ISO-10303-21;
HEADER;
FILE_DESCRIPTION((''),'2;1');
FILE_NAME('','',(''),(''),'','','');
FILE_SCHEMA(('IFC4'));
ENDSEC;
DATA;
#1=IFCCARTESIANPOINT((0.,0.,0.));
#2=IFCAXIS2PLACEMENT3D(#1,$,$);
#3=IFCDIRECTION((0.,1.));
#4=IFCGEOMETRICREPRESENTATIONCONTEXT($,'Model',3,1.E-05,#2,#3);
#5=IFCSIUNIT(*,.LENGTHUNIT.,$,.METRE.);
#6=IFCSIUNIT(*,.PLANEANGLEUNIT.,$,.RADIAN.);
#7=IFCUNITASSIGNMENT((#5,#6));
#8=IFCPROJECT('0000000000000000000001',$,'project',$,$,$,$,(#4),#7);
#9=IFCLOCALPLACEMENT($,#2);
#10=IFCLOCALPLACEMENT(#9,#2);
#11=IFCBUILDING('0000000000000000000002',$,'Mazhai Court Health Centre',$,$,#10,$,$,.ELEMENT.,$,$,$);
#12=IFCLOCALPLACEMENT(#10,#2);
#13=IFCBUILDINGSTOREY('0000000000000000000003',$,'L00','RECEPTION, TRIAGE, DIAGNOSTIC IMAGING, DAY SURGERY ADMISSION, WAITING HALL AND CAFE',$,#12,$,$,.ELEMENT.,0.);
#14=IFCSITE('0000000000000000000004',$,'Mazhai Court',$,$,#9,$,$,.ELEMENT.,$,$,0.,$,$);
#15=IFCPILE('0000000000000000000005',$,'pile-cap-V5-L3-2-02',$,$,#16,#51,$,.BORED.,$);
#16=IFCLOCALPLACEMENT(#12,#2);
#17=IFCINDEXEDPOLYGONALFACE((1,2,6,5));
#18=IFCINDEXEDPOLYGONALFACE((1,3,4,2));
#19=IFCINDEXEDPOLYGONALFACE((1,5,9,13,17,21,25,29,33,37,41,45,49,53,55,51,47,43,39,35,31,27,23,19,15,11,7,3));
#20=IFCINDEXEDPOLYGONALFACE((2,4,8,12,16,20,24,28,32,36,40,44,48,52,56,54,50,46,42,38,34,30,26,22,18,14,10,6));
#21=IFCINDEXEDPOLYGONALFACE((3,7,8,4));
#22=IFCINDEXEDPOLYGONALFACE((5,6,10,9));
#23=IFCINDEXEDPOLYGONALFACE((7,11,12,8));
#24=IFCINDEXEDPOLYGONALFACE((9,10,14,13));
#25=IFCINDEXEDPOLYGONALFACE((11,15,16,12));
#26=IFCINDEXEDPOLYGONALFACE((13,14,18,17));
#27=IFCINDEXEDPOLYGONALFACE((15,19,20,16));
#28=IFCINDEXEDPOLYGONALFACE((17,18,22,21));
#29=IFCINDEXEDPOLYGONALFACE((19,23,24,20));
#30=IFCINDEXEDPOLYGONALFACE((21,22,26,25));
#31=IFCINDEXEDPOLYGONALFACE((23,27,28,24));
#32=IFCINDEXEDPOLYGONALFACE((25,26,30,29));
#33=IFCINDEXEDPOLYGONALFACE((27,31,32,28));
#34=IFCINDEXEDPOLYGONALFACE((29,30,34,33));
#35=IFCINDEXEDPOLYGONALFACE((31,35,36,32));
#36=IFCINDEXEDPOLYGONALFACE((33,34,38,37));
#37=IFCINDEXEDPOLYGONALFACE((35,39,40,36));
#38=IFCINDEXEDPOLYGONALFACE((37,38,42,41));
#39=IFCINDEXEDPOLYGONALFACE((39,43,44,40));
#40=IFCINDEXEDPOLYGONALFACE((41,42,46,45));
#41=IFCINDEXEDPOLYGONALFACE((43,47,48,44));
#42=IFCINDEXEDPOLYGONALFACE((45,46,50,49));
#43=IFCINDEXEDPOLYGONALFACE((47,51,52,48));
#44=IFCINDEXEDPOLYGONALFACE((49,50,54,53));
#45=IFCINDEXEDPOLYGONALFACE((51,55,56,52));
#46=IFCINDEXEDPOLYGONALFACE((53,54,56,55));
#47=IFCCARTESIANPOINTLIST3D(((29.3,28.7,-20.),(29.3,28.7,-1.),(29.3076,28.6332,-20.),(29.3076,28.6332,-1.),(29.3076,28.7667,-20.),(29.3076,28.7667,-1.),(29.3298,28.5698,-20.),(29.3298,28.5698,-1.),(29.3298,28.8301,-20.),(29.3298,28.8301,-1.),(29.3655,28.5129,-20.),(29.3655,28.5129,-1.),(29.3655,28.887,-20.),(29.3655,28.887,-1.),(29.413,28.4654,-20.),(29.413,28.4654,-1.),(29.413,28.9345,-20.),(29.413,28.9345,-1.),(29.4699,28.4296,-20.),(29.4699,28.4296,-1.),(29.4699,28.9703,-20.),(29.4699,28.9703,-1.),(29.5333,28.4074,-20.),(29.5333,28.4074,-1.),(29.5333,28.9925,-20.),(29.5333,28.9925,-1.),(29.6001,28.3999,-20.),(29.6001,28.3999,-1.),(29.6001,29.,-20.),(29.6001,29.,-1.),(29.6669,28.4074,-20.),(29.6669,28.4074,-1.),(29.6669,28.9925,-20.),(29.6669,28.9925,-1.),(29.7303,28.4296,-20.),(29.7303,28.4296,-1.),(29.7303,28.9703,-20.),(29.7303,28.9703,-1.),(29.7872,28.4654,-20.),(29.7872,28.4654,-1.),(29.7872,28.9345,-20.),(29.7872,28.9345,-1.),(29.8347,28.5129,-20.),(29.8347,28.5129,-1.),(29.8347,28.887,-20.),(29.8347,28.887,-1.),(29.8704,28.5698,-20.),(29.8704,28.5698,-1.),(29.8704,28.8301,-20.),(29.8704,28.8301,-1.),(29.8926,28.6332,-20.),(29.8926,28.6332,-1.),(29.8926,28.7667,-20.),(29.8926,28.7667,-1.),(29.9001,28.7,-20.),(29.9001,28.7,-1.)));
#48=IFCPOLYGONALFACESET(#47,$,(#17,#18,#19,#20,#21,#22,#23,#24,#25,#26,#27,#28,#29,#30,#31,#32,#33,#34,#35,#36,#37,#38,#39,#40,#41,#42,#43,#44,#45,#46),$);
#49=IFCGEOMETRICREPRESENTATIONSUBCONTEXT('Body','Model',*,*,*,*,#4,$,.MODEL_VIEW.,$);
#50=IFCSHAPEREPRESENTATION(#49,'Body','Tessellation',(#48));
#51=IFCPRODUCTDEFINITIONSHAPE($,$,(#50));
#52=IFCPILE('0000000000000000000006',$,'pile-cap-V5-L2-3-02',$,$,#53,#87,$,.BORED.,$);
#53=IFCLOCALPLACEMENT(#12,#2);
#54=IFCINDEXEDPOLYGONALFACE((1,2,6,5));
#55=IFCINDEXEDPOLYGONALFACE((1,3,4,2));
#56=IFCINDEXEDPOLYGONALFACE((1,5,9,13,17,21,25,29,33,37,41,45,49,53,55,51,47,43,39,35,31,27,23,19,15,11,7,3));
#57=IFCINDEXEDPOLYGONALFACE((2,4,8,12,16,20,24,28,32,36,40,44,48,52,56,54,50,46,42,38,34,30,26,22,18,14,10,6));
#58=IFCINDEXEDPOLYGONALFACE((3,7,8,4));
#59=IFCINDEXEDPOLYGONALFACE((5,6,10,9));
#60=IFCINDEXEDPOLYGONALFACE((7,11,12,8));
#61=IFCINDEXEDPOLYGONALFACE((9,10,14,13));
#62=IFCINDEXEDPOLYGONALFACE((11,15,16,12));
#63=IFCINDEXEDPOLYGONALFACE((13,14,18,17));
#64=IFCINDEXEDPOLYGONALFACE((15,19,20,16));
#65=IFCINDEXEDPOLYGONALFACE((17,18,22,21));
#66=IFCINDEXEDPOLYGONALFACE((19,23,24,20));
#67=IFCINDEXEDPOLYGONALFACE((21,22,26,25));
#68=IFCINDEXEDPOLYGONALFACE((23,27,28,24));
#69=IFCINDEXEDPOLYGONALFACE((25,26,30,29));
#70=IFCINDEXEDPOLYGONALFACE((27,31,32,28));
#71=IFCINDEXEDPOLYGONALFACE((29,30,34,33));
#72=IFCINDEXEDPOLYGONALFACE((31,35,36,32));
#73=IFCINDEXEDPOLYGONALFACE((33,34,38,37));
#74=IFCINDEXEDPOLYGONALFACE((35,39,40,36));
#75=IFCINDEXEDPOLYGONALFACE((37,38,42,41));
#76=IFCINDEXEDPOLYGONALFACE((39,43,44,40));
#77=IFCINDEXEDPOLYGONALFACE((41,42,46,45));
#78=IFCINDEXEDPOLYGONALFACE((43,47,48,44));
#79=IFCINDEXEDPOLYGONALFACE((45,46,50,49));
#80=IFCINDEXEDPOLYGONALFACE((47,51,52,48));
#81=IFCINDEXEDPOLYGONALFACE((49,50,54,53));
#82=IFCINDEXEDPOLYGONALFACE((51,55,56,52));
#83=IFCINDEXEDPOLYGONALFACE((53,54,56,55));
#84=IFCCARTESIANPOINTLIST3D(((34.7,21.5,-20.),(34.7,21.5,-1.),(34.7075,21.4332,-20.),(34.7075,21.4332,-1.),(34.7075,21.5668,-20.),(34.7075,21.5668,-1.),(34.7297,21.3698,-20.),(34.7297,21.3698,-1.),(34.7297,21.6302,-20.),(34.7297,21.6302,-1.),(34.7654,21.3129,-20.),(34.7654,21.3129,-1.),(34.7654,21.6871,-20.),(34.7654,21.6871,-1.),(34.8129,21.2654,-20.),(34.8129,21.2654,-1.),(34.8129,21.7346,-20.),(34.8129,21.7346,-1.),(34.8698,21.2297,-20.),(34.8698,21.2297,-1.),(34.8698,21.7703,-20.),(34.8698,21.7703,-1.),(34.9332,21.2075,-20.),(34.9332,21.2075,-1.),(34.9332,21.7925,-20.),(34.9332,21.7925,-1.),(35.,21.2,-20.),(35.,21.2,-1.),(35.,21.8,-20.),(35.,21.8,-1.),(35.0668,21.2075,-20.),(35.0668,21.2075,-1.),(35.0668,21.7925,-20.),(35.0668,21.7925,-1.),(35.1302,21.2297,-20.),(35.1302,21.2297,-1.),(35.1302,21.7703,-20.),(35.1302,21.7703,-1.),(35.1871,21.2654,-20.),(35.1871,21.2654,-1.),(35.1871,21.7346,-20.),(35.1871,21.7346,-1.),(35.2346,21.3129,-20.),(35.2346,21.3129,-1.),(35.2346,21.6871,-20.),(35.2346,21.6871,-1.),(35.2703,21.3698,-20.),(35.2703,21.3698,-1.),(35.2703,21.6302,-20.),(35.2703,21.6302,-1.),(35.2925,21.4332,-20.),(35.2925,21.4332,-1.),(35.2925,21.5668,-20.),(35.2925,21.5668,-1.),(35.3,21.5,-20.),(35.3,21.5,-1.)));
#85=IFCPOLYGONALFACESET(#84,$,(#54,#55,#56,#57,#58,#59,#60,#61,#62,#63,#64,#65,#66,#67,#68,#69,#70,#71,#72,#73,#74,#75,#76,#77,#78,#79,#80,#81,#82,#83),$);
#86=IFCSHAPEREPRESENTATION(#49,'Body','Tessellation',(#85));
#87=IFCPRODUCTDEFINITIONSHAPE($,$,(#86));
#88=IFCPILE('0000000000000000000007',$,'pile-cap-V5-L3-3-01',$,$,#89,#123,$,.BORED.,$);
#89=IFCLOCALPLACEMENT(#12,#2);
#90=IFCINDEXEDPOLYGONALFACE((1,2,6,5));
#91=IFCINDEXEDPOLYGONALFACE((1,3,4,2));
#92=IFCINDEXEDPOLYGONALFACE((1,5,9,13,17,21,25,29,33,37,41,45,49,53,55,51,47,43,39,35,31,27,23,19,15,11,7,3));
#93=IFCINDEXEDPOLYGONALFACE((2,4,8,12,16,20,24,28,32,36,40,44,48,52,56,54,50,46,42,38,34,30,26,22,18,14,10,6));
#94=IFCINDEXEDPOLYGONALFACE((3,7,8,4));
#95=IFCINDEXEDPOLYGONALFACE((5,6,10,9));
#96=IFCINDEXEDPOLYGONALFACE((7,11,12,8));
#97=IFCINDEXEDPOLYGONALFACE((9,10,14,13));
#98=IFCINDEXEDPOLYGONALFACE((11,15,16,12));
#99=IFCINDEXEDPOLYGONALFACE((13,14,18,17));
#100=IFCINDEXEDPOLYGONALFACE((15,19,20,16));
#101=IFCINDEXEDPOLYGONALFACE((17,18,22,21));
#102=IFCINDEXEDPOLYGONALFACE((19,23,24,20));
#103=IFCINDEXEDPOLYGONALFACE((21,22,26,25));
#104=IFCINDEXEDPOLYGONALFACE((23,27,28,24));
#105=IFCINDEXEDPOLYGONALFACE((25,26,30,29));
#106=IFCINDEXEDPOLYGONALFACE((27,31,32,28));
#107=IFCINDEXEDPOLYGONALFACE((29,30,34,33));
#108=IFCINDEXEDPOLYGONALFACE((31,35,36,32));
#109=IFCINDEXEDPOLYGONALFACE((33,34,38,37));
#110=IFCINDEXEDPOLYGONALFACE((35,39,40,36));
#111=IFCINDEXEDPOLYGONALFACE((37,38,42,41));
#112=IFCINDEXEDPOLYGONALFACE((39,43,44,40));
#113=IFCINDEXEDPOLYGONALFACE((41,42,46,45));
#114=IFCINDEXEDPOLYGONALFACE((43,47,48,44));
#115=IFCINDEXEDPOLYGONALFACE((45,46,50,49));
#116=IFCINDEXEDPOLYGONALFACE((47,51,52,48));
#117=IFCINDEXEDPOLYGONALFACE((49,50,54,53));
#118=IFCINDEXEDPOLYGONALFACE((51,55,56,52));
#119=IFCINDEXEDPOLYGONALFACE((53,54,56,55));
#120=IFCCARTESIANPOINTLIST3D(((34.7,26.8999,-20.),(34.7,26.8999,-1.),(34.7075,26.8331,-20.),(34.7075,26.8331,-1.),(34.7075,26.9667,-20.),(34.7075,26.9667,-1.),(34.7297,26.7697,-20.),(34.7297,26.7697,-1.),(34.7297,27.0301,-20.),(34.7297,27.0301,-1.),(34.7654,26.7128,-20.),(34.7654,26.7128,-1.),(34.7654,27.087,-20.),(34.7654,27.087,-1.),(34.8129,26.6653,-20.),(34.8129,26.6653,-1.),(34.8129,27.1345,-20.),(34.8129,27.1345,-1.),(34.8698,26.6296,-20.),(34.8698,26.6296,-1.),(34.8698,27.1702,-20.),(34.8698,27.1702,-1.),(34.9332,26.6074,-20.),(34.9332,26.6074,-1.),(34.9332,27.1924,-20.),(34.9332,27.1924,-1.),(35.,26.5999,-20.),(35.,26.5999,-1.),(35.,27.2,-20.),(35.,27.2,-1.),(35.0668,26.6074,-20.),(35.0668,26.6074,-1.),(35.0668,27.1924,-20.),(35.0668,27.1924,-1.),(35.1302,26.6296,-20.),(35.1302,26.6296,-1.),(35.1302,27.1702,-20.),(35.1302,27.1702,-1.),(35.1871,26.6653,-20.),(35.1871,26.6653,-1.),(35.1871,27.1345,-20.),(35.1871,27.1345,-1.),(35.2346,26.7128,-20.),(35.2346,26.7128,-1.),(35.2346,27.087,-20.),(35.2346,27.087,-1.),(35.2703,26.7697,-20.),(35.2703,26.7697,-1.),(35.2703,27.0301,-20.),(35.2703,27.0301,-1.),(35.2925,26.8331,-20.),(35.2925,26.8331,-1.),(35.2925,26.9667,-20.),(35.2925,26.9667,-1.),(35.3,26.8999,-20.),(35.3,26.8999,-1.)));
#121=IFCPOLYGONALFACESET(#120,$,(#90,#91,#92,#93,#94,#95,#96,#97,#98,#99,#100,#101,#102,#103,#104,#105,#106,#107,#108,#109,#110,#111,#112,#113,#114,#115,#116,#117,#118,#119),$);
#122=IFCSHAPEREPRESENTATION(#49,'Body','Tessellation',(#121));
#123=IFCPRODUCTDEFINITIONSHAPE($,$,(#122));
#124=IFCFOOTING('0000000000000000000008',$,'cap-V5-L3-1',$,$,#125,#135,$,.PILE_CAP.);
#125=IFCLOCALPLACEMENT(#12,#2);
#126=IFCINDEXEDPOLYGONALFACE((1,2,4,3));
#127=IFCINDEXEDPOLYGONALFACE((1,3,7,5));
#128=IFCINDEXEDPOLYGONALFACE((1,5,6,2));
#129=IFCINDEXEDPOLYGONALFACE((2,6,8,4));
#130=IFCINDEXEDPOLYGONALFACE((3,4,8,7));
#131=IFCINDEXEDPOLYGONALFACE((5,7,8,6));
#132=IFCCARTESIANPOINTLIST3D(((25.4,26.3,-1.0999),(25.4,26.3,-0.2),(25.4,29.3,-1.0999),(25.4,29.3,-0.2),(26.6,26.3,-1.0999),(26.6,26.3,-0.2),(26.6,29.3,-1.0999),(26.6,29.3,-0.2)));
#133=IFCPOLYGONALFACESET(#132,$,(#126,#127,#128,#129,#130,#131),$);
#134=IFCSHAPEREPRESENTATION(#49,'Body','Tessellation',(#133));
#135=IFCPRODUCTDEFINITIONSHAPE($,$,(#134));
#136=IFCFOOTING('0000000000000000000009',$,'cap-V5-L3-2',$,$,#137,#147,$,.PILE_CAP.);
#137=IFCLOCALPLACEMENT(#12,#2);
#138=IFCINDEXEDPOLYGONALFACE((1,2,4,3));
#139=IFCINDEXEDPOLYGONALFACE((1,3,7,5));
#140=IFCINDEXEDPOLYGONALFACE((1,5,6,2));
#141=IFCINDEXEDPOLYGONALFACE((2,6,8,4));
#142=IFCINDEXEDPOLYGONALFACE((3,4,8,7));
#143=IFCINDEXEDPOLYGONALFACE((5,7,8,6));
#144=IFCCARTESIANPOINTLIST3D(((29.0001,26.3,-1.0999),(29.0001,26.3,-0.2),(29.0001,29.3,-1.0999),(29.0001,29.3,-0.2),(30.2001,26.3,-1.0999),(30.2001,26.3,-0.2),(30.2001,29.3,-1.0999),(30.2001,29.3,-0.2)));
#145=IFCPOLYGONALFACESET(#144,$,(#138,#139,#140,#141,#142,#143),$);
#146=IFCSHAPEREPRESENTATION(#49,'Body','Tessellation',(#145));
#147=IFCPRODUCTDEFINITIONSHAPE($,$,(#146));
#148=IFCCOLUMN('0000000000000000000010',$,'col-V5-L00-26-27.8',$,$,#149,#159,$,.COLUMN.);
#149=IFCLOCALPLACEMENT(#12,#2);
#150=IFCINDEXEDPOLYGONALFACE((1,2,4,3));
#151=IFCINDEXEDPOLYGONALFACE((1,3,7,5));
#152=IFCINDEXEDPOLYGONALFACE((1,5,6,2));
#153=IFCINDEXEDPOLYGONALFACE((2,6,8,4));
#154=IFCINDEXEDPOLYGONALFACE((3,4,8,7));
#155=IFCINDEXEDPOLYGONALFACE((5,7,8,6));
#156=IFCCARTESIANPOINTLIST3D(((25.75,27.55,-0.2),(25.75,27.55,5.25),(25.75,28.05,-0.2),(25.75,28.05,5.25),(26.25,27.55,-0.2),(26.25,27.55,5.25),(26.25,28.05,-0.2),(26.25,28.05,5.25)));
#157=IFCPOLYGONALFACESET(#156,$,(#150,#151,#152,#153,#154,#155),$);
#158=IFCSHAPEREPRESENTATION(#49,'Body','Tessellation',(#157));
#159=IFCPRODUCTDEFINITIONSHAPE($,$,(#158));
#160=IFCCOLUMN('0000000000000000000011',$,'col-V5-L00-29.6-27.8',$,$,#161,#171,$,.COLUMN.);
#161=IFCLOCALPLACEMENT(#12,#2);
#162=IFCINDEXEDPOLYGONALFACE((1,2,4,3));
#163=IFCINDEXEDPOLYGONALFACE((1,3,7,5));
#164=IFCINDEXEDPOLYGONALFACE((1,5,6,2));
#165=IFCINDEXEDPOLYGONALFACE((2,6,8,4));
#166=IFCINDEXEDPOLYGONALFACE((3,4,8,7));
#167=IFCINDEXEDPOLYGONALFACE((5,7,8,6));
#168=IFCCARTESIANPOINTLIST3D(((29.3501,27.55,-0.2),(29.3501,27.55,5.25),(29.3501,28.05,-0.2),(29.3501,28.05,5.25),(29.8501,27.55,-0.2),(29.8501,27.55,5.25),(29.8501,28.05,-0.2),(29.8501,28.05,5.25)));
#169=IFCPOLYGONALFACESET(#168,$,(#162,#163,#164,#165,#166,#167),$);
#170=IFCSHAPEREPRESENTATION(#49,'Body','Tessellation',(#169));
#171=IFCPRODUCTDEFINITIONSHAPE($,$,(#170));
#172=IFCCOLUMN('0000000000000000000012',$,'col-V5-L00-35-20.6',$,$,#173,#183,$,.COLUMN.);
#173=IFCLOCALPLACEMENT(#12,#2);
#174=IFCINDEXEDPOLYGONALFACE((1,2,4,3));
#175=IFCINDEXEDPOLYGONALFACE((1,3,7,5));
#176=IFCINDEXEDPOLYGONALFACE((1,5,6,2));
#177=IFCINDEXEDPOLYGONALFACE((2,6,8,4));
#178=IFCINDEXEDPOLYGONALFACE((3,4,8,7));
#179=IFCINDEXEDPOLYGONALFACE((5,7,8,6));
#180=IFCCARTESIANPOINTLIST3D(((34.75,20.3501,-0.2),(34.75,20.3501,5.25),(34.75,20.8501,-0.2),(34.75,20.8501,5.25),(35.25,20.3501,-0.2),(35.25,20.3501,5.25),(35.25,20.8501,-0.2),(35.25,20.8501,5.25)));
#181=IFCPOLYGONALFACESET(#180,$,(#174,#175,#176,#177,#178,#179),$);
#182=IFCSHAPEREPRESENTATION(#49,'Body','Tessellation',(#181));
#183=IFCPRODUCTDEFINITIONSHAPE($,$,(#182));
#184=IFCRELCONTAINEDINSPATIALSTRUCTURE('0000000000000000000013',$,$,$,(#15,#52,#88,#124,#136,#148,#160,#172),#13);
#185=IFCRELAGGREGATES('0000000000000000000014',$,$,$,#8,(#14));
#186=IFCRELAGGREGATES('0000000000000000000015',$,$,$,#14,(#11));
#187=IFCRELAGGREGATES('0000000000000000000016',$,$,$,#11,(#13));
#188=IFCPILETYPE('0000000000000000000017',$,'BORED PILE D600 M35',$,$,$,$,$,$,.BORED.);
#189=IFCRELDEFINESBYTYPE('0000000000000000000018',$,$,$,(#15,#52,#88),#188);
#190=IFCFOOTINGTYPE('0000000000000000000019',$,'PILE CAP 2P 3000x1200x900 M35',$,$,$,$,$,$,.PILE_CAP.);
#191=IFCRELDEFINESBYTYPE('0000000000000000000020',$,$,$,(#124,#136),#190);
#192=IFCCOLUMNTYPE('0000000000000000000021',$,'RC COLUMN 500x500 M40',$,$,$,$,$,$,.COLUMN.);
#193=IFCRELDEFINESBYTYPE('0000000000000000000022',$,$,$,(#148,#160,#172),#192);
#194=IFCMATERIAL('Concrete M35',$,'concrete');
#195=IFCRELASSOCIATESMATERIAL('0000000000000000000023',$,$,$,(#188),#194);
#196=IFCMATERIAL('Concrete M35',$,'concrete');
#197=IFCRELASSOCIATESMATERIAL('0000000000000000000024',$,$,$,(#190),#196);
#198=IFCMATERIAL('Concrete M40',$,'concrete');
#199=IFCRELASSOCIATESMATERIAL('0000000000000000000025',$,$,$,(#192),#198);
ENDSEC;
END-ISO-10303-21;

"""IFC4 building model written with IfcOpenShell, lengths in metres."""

from ifc_helpers import new_model, si_unit, direction, frame, origin, origin_2d, place, context, subcontext, project, spatial, rectangle, circle, extrude, material, material_profile, profile_set, type_object, element, save


model = new_model("IFC4")

# Units and contexts
model_context = context("Model", 3, precision=1e-05, world=origin(), true_north=direction((0.0, 1.0)))
body_context = subcontext(model_context, "Body", "Model", "MODEL_VIEW")
ifc_project = project(units=[si_unit("LENGTHUNIT", "METRE"), si_unit("PLANEANGLEUNIT", "RADIAN")], contexts=[model_context])

# Site, building, storey
site_placement = place(None, origin())
site = spatial("IfcSite", under=ifc_project, at=site_placement, Name="Mazhai Court", CompositionType="ELEMENT", RefElevation=0.0)
building_placement = place(site_placement, origin())
building = spatial("IfcBuilding", under=site, at=building_placement, Name="Mazhai Court Health Centre", CompositionType="ELEMENT")
storey_placement = place(building_placement, origin())
storey = spatial("IfcBuildingStorey", under=building, at=storey_placement, Name="L00", Description="RECEPTION, TRIAGE, DIAGNOSTIC IMAGING, DAY SURGERY ADMISSION, WAITING HALL AND CAFE", CompositionType="ELEMENT", Elevation=0.0)

# Piles
ifc_material_1 = material(Name="Concrete M35", Category="concrete")
ifc_material_profile_1 = material_profile(ifc_material_1, circle(Radius=0.3, at=origin_2d()), Name="RC PILE D600")
ifc_profile_set_1 = profile_set([ifc_material_profile_1], Name="Concrete M35")
pile_type = type_object("IfcPileType", Name="BORED PILE D600 M35", PredefinedType="BORED", material=ifc_profile_set_1)
for number, where, z_axis, x_axis, name in (
    (1, (29.6001, 28.7, -1.0), (0.0, 0.0, -1.0), (1.0, 0.0, 0.0), "pile-cap-V5-L3-2-02"),
    (2, (35.0, 21.5, -1.0), (0.0, 0.0, -1.0), (1.0, 0.0, 0.0), "pile-cap-V5-L2-3-02"),
    (3, (35.0, 26.8999, -1.0), (0.0, 0.0, -1.0), (1.0, 0.0, 0.0), "pile-cap-V5-L3-3-01"),
):
    element("IfcPile", number, at=place(storey_placement, frame(where, z_axis=z_axis, x_axis=x_axis)), inside=storey, type_object=pile_type, Name=name, PredefinedType="BORED", context=body_context, shape_type="SweptSolid", body=[
        extrude(circle(Radius=0.3, at=origin_2d()), origin(), (0.0, 0.0, 1.0), 19.0),
    ])

# Footings
ifc_material_2 = material(Name="Concrete M35", Category="concrete")
footing_type = type_object("IfcFootingType", Name="PILE CAP 2P 3000x1200x900 M35", PredefinedType="PILE_CAP", material=ifc_material_2)
for number, where, z_axis, x_axis, name in (
    (4, (26.0, 27.8, -1.0999), (0.0, 0.0, 1.0), (1.0, 0.0, 0.0), "cap-V5-L3-1"),
    (5, (29.6001, 27.8, -1.0999), (0.0, 0.0, 1.0), (1.0, 0.0, 0.0), "cap-V5-L3-2"),
):
    element("IfcFooting", number, at=place(storey_placement, frame(where, z_axis=z_axis, x_axis=x_axis)), inside=storey, type_object=footing_type, Name=name, PredefinedType="PILE_CAP", context=body_context, shape_type="SweptSolid", body=[
        extrude(rectangle(XDim=1.2, YDim=3.0, at=origin_2d()), origin(), (0.0, 0.0, 1.0), 0.8999),
    ])

# Columns
ifc_material_3 = material(Name="Concrete M40", Category="concrete")
ifc_material_profile_2 = material_profile(ifc_material_3, rectangle(XDim=0.5, YDim=0.5, at=origin_2d()), Name="RC 500x500")
ifc_profile_set_2 = profile_set([ifc_material_profile_2], Name="Concrete M40")
column_type = type_object("IfcColumnType", Name="RC COLUMN 500x500 M40", PredefinedType="COLUMN", material=ifc_profile_set_2)
for number, where, z_axis, x_axis, name in (
    (6, (26.0, 27.8, -0.2), (0.0, 0.0, 1.0), (1.0, 0.0, 0.0), "col-V5-L00-26-27.8"),
    (7, (29.6001, 27.8, -0.2), (0.0, 0.0, 1.0), (1.0, 0.0, 0.0), "col-V5-L00-29.6-27.8"),
    (8, (35.0, 20.6001, -0.2), (0.0, 0.0, 1.0), (1.0, 0.0, 0.0), "col-V5-L00-35-20.6"),
):
    element("IfcColumn", number, at=place(storey_placement, frame(where, z_axis=z_axis, x_axis=x_axis)), inside=storey, type_object=column_type, Name=name, PredefinedType="COLUMN", context=body_context, shape_type="SweptSolid", body=[
        extrude(rectangle(XDim=0.5, YDim=0.5, at=origin_2d()), origin(), (0.0, 0.0, 1.0), 5.45),
    ])

save(model, "model.ifc")
